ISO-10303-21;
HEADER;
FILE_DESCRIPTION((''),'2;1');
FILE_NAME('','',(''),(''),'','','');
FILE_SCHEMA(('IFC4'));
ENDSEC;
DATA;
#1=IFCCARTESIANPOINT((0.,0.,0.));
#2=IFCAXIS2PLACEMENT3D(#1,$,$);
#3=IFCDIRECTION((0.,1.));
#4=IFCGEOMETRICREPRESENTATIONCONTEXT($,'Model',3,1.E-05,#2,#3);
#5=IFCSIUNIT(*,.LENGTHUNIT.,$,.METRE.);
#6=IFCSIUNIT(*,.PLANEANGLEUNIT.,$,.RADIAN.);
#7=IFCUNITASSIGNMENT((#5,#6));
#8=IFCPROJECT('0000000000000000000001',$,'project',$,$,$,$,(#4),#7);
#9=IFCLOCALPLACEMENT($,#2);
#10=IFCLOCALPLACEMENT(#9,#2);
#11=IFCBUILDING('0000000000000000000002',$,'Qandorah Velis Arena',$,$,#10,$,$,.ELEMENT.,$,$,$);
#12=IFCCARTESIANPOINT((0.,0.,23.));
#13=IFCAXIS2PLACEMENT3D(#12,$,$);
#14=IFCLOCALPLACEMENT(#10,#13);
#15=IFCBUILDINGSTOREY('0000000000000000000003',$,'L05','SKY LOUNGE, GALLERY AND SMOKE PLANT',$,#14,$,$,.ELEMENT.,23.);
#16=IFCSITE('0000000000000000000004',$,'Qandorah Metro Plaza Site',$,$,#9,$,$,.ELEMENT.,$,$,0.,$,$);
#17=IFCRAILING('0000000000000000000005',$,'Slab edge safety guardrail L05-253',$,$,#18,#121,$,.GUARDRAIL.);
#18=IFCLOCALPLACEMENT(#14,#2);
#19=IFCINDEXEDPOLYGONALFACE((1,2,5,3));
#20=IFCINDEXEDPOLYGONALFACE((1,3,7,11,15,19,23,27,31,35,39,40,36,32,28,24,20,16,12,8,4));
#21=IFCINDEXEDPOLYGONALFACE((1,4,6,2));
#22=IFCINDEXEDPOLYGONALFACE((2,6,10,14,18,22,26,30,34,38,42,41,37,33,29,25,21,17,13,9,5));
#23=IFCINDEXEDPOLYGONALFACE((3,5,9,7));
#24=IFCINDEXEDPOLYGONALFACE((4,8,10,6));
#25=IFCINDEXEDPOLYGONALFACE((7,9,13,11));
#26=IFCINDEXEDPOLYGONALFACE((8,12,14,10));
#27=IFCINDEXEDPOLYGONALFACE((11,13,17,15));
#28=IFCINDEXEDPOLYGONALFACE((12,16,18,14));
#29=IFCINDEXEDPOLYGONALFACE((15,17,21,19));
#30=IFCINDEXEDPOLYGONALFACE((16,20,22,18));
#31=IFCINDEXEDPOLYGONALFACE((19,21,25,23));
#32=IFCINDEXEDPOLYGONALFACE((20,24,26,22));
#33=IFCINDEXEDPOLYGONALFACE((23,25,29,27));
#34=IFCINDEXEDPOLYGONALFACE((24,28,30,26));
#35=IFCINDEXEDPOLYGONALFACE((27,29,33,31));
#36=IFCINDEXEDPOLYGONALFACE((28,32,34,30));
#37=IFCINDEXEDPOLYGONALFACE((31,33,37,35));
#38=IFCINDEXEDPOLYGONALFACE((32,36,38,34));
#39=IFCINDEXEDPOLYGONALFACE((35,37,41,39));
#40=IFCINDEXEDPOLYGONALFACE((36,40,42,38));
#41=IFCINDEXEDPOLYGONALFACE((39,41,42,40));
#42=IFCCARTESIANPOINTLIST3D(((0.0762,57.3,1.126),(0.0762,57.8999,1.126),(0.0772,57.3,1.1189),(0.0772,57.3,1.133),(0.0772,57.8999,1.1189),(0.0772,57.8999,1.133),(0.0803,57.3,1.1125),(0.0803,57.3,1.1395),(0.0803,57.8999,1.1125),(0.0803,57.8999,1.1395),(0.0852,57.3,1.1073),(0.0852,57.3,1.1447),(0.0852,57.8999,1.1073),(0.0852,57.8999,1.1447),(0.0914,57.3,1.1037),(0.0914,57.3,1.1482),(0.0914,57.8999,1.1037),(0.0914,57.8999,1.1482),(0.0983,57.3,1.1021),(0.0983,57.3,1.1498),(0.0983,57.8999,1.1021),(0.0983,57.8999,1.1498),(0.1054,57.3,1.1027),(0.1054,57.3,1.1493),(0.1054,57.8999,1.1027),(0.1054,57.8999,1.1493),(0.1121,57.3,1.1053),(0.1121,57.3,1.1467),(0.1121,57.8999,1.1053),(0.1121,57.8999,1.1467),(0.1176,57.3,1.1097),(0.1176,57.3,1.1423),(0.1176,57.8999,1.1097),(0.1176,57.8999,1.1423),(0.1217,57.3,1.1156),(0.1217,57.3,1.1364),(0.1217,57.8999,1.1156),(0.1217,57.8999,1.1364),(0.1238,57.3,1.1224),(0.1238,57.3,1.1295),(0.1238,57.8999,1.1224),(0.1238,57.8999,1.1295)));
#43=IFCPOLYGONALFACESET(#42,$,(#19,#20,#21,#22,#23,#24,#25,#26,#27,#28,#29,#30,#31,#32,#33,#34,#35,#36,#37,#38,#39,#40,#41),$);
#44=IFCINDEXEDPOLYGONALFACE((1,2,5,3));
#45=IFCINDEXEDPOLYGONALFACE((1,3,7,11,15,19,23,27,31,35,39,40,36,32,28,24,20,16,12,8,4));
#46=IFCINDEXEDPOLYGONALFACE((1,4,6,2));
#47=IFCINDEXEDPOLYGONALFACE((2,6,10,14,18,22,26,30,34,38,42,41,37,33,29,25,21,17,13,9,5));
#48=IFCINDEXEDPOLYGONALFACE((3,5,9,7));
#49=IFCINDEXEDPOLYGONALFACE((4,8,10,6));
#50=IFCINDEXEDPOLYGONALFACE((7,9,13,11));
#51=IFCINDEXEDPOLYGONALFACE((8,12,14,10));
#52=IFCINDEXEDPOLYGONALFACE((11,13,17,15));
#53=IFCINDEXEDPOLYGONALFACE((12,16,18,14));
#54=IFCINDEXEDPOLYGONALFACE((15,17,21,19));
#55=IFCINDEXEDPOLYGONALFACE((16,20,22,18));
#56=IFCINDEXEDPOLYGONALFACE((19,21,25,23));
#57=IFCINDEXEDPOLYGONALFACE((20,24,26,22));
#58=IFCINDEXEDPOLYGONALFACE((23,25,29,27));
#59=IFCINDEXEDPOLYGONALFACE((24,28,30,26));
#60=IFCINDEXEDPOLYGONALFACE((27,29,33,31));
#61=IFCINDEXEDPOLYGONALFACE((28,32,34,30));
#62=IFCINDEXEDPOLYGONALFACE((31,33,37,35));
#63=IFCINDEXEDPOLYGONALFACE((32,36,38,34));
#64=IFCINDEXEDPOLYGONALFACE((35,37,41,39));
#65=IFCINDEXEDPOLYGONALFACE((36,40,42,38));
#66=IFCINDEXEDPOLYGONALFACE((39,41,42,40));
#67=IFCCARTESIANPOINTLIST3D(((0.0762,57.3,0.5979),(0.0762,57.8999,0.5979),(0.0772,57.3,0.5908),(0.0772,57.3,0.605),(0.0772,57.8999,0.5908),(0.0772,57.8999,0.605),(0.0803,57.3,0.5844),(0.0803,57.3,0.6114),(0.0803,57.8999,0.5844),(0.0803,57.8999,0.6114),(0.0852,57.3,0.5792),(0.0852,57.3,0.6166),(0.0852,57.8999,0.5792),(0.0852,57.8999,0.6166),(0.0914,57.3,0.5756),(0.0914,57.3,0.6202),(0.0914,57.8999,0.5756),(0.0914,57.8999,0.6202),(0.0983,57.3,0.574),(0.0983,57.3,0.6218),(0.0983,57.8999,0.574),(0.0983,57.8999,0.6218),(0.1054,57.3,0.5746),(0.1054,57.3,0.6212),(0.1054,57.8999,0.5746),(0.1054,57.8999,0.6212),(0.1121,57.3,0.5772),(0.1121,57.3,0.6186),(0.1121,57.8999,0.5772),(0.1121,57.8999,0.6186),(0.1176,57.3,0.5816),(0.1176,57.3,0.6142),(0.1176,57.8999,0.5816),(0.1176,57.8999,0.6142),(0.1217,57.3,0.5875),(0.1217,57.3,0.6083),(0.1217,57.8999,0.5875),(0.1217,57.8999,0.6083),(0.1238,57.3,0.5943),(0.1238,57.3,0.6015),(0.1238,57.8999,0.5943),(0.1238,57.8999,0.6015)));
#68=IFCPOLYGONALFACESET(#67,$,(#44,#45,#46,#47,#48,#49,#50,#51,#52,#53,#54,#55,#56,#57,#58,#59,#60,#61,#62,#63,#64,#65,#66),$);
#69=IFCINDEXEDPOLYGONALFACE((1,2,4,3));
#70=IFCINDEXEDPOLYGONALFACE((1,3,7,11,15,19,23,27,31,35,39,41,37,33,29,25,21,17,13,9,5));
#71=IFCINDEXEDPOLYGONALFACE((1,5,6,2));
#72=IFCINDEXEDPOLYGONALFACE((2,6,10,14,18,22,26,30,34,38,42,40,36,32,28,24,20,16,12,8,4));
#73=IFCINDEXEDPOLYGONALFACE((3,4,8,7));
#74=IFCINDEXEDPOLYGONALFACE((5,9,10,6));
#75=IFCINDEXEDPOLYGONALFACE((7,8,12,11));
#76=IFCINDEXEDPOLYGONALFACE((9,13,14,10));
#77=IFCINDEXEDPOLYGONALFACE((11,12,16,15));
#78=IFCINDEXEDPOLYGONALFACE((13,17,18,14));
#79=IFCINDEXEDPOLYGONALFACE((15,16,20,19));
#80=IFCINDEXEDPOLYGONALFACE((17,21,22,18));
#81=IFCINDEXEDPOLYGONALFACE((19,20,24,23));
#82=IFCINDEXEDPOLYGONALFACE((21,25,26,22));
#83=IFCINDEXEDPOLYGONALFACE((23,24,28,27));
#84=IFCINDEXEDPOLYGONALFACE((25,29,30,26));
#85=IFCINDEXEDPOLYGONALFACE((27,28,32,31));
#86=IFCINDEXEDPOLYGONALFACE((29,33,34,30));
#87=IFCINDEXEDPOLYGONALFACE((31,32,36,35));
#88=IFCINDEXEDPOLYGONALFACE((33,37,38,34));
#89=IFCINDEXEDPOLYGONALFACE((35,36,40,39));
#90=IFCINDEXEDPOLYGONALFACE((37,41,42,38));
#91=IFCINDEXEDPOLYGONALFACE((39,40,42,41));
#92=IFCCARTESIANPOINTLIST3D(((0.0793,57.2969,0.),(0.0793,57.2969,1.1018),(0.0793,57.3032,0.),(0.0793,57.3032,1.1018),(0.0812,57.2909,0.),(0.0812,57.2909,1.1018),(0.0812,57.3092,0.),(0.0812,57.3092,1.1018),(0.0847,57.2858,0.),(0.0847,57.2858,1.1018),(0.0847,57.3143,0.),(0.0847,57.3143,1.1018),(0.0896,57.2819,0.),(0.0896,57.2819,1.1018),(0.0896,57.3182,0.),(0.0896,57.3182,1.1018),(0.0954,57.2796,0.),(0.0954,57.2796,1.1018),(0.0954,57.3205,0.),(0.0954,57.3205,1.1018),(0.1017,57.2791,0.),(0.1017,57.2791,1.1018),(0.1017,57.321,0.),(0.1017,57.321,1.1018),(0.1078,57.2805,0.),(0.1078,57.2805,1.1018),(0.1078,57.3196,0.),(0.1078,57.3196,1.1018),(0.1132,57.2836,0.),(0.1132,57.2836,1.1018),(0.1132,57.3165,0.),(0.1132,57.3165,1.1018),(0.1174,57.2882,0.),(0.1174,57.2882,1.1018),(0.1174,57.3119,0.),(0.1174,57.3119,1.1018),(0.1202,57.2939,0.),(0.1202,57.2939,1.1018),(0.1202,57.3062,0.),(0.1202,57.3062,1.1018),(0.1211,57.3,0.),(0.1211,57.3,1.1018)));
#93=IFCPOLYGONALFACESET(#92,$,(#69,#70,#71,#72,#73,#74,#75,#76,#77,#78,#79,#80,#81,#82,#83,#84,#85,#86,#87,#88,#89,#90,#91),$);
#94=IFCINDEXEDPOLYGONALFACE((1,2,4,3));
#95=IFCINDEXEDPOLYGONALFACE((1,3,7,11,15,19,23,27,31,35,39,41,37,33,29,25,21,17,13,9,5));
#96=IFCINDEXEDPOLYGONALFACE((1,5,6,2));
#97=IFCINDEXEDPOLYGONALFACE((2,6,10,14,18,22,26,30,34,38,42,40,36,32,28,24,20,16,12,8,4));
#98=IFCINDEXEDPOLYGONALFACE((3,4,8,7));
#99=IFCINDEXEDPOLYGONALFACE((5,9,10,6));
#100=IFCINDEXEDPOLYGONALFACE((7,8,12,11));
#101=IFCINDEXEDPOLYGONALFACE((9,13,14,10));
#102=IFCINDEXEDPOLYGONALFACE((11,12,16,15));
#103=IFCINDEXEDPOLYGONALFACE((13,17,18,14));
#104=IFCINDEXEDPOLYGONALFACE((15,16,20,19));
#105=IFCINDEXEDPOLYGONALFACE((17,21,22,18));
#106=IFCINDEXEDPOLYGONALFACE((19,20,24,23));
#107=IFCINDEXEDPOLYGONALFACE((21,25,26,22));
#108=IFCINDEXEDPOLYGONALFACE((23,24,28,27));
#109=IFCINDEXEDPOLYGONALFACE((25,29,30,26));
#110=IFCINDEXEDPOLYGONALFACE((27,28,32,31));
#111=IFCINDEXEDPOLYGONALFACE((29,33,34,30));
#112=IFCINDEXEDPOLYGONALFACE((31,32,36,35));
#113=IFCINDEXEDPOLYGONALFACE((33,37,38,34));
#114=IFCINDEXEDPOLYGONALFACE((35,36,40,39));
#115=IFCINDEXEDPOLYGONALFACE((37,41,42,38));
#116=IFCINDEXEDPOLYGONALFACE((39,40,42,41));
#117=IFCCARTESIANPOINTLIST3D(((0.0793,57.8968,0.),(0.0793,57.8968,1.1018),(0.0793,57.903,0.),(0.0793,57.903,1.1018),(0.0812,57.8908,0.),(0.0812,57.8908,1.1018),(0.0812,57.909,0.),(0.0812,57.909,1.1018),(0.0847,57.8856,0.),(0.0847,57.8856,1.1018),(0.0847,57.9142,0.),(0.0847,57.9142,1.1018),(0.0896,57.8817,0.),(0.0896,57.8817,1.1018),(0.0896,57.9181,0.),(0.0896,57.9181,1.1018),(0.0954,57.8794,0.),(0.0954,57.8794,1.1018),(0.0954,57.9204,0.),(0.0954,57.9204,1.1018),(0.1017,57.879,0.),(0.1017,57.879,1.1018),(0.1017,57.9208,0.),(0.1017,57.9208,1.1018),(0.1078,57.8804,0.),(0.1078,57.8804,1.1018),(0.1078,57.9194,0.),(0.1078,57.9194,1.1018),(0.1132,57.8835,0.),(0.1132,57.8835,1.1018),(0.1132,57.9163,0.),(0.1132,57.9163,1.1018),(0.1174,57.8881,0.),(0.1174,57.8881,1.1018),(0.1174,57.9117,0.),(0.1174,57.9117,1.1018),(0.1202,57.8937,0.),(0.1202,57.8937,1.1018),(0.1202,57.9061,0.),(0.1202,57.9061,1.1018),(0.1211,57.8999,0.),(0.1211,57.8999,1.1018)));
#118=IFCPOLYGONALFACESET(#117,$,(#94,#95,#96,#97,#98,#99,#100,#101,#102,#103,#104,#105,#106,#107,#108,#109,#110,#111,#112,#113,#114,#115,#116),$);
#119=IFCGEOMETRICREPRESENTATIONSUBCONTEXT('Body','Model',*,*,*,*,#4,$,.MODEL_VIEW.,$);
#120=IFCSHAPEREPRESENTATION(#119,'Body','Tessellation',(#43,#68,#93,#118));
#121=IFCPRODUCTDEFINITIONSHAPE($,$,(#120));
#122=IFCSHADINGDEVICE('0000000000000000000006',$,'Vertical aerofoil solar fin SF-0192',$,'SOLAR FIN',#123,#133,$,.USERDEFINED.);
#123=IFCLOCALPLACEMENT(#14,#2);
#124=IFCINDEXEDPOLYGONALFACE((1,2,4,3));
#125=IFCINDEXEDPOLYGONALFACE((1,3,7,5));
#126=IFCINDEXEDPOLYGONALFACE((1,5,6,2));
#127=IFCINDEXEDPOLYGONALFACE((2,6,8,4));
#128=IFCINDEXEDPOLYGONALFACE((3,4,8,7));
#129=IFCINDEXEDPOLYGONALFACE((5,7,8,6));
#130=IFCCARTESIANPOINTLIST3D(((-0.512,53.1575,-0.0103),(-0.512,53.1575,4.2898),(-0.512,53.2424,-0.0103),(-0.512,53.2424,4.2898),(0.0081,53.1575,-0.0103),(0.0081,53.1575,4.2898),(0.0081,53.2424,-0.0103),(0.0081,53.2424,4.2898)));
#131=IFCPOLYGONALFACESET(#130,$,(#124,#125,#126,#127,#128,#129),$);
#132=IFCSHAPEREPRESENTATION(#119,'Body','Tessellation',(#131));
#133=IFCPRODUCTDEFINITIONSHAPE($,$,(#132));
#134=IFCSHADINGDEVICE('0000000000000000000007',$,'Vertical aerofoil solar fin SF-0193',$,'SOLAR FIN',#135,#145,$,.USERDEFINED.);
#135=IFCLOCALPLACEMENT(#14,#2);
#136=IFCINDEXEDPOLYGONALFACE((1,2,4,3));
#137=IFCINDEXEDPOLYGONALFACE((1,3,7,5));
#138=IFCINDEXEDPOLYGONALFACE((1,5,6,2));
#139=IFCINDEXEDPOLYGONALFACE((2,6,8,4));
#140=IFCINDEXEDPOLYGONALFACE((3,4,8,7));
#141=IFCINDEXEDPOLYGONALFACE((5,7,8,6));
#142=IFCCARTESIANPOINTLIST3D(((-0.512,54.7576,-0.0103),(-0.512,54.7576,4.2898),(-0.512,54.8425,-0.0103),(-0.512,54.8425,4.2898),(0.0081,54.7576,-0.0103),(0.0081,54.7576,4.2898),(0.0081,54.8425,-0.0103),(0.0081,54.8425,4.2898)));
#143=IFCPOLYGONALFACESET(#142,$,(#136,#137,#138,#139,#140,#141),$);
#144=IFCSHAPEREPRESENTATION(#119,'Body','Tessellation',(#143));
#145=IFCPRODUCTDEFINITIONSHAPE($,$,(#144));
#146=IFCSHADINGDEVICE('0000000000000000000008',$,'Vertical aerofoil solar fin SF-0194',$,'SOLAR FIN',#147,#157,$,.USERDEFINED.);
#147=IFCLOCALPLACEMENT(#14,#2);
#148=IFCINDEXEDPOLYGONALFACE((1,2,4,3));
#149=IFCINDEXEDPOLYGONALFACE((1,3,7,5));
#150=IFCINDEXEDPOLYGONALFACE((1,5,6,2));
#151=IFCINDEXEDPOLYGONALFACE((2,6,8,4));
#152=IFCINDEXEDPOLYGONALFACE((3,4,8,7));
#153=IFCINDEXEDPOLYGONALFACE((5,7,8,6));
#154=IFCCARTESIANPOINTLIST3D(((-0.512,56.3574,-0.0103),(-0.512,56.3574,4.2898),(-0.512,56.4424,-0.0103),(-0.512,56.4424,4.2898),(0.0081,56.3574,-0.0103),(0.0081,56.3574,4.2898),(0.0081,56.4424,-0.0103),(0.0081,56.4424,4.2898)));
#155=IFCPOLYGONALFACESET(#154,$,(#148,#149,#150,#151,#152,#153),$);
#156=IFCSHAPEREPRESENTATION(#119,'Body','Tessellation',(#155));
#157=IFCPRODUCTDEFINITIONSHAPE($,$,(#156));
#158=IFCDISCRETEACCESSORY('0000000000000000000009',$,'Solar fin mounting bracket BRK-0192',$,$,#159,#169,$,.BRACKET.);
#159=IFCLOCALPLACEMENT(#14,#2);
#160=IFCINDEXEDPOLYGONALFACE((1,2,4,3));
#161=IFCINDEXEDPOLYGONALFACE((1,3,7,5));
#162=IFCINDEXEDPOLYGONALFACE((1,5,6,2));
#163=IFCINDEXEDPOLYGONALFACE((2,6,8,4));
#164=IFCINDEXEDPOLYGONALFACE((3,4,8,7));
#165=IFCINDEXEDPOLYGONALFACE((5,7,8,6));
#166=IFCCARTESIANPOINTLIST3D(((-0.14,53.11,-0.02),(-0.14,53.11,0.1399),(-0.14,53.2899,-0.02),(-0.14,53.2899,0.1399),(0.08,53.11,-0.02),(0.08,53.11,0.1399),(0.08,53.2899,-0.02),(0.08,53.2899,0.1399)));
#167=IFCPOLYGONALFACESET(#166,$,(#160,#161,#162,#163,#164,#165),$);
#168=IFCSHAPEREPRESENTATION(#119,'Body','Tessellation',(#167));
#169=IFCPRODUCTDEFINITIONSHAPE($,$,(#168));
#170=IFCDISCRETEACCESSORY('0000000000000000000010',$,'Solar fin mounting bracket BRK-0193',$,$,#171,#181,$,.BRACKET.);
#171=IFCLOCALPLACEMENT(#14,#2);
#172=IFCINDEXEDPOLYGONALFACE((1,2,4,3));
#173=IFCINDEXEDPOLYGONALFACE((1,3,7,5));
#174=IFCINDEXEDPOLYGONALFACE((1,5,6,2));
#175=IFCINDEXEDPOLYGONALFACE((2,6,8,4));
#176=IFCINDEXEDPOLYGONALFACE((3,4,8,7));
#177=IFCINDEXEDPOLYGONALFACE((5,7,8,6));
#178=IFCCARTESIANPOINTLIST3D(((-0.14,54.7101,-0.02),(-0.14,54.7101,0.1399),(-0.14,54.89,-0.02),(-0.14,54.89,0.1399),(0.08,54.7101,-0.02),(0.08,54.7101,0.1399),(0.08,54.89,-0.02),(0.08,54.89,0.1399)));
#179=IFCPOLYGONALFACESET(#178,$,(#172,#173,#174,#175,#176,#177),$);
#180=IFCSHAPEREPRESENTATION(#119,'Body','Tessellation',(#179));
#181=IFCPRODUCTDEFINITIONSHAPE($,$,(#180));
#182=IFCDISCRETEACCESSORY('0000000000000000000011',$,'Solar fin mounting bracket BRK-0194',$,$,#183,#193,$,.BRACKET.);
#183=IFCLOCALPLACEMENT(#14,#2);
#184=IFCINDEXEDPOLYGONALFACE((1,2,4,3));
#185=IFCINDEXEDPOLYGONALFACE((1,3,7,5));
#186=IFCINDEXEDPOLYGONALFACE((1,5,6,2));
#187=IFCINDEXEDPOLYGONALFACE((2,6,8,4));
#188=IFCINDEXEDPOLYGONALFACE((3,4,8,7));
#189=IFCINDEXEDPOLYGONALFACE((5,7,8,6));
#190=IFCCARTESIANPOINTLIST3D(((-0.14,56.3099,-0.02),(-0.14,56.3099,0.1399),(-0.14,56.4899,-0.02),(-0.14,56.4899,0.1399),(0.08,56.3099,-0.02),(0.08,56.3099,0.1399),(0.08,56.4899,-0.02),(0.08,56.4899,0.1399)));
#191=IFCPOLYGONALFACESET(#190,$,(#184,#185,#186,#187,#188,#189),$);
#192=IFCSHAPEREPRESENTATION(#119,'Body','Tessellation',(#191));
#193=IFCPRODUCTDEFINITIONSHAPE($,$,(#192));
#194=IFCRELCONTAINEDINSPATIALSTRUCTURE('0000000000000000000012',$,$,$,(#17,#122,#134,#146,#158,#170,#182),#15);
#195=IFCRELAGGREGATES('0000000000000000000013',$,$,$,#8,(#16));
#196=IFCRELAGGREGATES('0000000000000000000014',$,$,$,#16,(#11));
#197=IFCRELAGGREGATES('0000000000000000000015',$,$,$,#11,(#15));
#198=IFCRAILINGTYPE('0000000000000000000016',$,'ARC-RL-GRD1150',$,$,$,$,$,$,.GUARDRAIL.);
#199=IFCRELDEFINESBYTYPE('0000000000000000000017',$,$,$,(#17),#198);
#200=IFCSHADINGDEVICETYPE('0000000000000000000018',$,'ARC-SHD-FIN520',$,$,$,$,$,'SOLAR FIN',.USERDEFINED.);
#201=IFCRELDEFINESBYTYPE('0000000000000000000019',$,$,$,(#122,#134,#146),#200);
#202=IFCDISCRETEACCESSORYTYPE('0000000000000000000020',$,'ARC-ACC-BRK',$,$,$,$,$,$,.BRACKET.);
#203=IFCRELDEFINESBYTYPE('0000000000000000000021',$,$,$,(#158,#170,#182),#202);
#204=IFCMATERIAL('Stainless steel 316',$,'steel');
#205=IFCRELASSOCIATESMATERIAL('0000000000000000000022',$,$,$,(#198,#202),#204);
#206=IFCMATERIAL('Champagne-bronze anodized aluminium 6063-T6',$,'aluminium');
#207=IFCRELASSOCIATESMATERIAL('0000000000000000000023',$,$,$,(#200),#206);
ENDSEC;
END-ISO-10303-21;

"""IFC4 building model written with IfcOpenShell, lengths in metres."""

from ifc_helpers import new_model, si_unit, direction, frame, origin, origin_2d, place, context, subcontext, project, spatial, rectangle, circle, extrude, material, type_object, element, save


model = new_model("IFC4")

# Units and contexts
model_context = context("Model", 3, precision=1e-05, world=origin(), true_north=direction((0.0, 1.0)))
body_context = subcontext(model_context, "Body", "Model", "MODEL_VIEW")
ifc_project = project(units=[si_unit("LENGTHUNIT", "METRE"), si_unit("PLANEANGLEUNIT", "RADIAN")], contexts=[model_context])

# Site, building, storey
site_placement = place(None, origin())
site = spatial("IfcSite", under=ifc_project, at=site_placement, Name="Qandorah Metro Plaza Site", CompositionType="ELEMENT", RefElevation=0.0)
building_placement = place(site_placement, origin())
building = spatial("IfcBuilding", under=site, at=building_placement, Name="Qandorah Velis Arena", CompositionType="ELEMENT")
storey_placement = place(building_placement, frame((0.0, 0.0, 23.0)))
storey = spatial("IfcBuildingStorey", under=building, at=storey_placement, Name="L05", Description="SKY LOUNGE, GALLERY AND SMOKE PLANT", CompositionType="ELEMENT", Elevation=23.0)

# Shared definitions
ifc_material_1 = material(Name="Champagne-bronze anodized aluminium 6063-T6", Category="aluminium")

# Railing
ifc_material_2 = material(Name="Stainless steel 316", Category="steel")
railing_type = type_object("IfcRailingType", Name="ARC-RL-GRD1150", PredefinedType="GUARDRAIL", material=ifc_material_2)
railing_placement = place(storey_placement, frame((0.1001, 57.3, 0.0)))
element("IfcRailing", 1, at=railing_placement, inside=storey, type_object=railing_type, Name="Slab edge safety guardrail L05-253", PredefinedType="GUARDRAIL", context=body_context, shape_type="SweptSolid", body=[
    extrude(circle(Radius=0.0239, at=origin_2d()), frame((0.0, 0.0, 1.126), z_axis=(0.0, 1.0, 0.0), x_axis=(-1.0, 0.0, 0.0)), (0.0, 0.0, 1.0), 0.5999),
    extrude(circle(Radius=0.0239, at=origin_2d()), frame((0.0, 0.0, 0.5979), z_axis=(0.0, 1.0, 0.0), x_axis=(-1.0, 0.0, 0.0)), (0.0, 0.0, 1.0), 0.5999),
    extrude(circle(Radius=0.021, at=origin_2d()), origin(), (0.0, 0.0, 1.0), 1.1018),
    extrude(circle(Radius=0.021, at=origin_2d()), frame((0.0, 0.5999, 0.0)), (0.0, 0.0, 1.0), 1.1018),
])

# Shading devices
shading_device_type = type_object("IfcShadingDeviceType", Name="ARC-SHD-FIN520", ElementType="SOLAR FIN", PredefinedType="USERDEFINED", material=ifc_material_1)
for number, where, z_axis, x_axis, name in (
    (2, (-0.252, 53.2, -0.0103), (0.0, 0.0, 1.0), (1.0, 0.0, 0.0), "Vertical aerofoil solar fin SF-0192"),
    (3, (-0.252, 54.8, -0.0103), (0.0, 0.0, 1.0), (1.0, 0.0, 0.0), "Vertical aerofoil solar fin SF-0193"),
    (4, (-0.252, 56.3999, -0.0103), (0.0, 0.0, 1.0), (1.0, 0.0, 0.0), "Vertical aerofoil solar fin SF-0194"),
):
    element("IfcShadingDevice", number, at=place(storey_placement, frame(where, z_axis=z_axis, x_axis=x_axis)), inside=storey, type_object=shading_device_type, Name=name, ObjectType="SOLAR FIN", PredefinedType="USERDEFINED", context=body_context, shape_type="SweptSolid", body=[
        extrude(rectangle(XDim=0.52, YDim=0.085, at=origin_2d()), origin(), (0.0, 0.0, 1.0), 4.3),
    ])

# Discrete accessories
discrete_accessory_type = type_object("IfcDiscreteAccessoryType", Name="ARC-ACC-BRK", PredefinedType="BRACKET", material=ifc_material_2)
for number, where, z_axis, x_axis, name in (
    (5, (-0.03, 53.2, -0.02), (0.0, 0.0, 1.0), (1.0, 0.0, 0.0), "Solar fin mounting bracket BRK-0192"),
    (6, (-0.03, 54.8, -0.02), (0.0, 0.0, 1.0), (1.0, 0.0, 0.0), "Solar fin mounting bracket BRK-0193"),
    (7, (-0.03, 56.3999, -0.02), (0.0, 0.0, 1.0), (1.0, 0.0, 0.0), "Solar fin mounting bracket BRK-0194"),
):
    element("IfcDiscreteAccessory", number, at=place(storey_placement, frame(where, z_axis=z_axis, x_axis=x_axis)), inside=storey, type_object=discrete_accessory_type, Name=name, PredefinedType="BRACKET", context=body_context, shape_type="SweptSolid", body=[
        extrude(rectangle(XDim=0.22, YDim=0.1799, at=origin_2d()), origin(), (0.0, 0.0, 1.0), 0.1599),
    ])

save(model, "model.ifc")
